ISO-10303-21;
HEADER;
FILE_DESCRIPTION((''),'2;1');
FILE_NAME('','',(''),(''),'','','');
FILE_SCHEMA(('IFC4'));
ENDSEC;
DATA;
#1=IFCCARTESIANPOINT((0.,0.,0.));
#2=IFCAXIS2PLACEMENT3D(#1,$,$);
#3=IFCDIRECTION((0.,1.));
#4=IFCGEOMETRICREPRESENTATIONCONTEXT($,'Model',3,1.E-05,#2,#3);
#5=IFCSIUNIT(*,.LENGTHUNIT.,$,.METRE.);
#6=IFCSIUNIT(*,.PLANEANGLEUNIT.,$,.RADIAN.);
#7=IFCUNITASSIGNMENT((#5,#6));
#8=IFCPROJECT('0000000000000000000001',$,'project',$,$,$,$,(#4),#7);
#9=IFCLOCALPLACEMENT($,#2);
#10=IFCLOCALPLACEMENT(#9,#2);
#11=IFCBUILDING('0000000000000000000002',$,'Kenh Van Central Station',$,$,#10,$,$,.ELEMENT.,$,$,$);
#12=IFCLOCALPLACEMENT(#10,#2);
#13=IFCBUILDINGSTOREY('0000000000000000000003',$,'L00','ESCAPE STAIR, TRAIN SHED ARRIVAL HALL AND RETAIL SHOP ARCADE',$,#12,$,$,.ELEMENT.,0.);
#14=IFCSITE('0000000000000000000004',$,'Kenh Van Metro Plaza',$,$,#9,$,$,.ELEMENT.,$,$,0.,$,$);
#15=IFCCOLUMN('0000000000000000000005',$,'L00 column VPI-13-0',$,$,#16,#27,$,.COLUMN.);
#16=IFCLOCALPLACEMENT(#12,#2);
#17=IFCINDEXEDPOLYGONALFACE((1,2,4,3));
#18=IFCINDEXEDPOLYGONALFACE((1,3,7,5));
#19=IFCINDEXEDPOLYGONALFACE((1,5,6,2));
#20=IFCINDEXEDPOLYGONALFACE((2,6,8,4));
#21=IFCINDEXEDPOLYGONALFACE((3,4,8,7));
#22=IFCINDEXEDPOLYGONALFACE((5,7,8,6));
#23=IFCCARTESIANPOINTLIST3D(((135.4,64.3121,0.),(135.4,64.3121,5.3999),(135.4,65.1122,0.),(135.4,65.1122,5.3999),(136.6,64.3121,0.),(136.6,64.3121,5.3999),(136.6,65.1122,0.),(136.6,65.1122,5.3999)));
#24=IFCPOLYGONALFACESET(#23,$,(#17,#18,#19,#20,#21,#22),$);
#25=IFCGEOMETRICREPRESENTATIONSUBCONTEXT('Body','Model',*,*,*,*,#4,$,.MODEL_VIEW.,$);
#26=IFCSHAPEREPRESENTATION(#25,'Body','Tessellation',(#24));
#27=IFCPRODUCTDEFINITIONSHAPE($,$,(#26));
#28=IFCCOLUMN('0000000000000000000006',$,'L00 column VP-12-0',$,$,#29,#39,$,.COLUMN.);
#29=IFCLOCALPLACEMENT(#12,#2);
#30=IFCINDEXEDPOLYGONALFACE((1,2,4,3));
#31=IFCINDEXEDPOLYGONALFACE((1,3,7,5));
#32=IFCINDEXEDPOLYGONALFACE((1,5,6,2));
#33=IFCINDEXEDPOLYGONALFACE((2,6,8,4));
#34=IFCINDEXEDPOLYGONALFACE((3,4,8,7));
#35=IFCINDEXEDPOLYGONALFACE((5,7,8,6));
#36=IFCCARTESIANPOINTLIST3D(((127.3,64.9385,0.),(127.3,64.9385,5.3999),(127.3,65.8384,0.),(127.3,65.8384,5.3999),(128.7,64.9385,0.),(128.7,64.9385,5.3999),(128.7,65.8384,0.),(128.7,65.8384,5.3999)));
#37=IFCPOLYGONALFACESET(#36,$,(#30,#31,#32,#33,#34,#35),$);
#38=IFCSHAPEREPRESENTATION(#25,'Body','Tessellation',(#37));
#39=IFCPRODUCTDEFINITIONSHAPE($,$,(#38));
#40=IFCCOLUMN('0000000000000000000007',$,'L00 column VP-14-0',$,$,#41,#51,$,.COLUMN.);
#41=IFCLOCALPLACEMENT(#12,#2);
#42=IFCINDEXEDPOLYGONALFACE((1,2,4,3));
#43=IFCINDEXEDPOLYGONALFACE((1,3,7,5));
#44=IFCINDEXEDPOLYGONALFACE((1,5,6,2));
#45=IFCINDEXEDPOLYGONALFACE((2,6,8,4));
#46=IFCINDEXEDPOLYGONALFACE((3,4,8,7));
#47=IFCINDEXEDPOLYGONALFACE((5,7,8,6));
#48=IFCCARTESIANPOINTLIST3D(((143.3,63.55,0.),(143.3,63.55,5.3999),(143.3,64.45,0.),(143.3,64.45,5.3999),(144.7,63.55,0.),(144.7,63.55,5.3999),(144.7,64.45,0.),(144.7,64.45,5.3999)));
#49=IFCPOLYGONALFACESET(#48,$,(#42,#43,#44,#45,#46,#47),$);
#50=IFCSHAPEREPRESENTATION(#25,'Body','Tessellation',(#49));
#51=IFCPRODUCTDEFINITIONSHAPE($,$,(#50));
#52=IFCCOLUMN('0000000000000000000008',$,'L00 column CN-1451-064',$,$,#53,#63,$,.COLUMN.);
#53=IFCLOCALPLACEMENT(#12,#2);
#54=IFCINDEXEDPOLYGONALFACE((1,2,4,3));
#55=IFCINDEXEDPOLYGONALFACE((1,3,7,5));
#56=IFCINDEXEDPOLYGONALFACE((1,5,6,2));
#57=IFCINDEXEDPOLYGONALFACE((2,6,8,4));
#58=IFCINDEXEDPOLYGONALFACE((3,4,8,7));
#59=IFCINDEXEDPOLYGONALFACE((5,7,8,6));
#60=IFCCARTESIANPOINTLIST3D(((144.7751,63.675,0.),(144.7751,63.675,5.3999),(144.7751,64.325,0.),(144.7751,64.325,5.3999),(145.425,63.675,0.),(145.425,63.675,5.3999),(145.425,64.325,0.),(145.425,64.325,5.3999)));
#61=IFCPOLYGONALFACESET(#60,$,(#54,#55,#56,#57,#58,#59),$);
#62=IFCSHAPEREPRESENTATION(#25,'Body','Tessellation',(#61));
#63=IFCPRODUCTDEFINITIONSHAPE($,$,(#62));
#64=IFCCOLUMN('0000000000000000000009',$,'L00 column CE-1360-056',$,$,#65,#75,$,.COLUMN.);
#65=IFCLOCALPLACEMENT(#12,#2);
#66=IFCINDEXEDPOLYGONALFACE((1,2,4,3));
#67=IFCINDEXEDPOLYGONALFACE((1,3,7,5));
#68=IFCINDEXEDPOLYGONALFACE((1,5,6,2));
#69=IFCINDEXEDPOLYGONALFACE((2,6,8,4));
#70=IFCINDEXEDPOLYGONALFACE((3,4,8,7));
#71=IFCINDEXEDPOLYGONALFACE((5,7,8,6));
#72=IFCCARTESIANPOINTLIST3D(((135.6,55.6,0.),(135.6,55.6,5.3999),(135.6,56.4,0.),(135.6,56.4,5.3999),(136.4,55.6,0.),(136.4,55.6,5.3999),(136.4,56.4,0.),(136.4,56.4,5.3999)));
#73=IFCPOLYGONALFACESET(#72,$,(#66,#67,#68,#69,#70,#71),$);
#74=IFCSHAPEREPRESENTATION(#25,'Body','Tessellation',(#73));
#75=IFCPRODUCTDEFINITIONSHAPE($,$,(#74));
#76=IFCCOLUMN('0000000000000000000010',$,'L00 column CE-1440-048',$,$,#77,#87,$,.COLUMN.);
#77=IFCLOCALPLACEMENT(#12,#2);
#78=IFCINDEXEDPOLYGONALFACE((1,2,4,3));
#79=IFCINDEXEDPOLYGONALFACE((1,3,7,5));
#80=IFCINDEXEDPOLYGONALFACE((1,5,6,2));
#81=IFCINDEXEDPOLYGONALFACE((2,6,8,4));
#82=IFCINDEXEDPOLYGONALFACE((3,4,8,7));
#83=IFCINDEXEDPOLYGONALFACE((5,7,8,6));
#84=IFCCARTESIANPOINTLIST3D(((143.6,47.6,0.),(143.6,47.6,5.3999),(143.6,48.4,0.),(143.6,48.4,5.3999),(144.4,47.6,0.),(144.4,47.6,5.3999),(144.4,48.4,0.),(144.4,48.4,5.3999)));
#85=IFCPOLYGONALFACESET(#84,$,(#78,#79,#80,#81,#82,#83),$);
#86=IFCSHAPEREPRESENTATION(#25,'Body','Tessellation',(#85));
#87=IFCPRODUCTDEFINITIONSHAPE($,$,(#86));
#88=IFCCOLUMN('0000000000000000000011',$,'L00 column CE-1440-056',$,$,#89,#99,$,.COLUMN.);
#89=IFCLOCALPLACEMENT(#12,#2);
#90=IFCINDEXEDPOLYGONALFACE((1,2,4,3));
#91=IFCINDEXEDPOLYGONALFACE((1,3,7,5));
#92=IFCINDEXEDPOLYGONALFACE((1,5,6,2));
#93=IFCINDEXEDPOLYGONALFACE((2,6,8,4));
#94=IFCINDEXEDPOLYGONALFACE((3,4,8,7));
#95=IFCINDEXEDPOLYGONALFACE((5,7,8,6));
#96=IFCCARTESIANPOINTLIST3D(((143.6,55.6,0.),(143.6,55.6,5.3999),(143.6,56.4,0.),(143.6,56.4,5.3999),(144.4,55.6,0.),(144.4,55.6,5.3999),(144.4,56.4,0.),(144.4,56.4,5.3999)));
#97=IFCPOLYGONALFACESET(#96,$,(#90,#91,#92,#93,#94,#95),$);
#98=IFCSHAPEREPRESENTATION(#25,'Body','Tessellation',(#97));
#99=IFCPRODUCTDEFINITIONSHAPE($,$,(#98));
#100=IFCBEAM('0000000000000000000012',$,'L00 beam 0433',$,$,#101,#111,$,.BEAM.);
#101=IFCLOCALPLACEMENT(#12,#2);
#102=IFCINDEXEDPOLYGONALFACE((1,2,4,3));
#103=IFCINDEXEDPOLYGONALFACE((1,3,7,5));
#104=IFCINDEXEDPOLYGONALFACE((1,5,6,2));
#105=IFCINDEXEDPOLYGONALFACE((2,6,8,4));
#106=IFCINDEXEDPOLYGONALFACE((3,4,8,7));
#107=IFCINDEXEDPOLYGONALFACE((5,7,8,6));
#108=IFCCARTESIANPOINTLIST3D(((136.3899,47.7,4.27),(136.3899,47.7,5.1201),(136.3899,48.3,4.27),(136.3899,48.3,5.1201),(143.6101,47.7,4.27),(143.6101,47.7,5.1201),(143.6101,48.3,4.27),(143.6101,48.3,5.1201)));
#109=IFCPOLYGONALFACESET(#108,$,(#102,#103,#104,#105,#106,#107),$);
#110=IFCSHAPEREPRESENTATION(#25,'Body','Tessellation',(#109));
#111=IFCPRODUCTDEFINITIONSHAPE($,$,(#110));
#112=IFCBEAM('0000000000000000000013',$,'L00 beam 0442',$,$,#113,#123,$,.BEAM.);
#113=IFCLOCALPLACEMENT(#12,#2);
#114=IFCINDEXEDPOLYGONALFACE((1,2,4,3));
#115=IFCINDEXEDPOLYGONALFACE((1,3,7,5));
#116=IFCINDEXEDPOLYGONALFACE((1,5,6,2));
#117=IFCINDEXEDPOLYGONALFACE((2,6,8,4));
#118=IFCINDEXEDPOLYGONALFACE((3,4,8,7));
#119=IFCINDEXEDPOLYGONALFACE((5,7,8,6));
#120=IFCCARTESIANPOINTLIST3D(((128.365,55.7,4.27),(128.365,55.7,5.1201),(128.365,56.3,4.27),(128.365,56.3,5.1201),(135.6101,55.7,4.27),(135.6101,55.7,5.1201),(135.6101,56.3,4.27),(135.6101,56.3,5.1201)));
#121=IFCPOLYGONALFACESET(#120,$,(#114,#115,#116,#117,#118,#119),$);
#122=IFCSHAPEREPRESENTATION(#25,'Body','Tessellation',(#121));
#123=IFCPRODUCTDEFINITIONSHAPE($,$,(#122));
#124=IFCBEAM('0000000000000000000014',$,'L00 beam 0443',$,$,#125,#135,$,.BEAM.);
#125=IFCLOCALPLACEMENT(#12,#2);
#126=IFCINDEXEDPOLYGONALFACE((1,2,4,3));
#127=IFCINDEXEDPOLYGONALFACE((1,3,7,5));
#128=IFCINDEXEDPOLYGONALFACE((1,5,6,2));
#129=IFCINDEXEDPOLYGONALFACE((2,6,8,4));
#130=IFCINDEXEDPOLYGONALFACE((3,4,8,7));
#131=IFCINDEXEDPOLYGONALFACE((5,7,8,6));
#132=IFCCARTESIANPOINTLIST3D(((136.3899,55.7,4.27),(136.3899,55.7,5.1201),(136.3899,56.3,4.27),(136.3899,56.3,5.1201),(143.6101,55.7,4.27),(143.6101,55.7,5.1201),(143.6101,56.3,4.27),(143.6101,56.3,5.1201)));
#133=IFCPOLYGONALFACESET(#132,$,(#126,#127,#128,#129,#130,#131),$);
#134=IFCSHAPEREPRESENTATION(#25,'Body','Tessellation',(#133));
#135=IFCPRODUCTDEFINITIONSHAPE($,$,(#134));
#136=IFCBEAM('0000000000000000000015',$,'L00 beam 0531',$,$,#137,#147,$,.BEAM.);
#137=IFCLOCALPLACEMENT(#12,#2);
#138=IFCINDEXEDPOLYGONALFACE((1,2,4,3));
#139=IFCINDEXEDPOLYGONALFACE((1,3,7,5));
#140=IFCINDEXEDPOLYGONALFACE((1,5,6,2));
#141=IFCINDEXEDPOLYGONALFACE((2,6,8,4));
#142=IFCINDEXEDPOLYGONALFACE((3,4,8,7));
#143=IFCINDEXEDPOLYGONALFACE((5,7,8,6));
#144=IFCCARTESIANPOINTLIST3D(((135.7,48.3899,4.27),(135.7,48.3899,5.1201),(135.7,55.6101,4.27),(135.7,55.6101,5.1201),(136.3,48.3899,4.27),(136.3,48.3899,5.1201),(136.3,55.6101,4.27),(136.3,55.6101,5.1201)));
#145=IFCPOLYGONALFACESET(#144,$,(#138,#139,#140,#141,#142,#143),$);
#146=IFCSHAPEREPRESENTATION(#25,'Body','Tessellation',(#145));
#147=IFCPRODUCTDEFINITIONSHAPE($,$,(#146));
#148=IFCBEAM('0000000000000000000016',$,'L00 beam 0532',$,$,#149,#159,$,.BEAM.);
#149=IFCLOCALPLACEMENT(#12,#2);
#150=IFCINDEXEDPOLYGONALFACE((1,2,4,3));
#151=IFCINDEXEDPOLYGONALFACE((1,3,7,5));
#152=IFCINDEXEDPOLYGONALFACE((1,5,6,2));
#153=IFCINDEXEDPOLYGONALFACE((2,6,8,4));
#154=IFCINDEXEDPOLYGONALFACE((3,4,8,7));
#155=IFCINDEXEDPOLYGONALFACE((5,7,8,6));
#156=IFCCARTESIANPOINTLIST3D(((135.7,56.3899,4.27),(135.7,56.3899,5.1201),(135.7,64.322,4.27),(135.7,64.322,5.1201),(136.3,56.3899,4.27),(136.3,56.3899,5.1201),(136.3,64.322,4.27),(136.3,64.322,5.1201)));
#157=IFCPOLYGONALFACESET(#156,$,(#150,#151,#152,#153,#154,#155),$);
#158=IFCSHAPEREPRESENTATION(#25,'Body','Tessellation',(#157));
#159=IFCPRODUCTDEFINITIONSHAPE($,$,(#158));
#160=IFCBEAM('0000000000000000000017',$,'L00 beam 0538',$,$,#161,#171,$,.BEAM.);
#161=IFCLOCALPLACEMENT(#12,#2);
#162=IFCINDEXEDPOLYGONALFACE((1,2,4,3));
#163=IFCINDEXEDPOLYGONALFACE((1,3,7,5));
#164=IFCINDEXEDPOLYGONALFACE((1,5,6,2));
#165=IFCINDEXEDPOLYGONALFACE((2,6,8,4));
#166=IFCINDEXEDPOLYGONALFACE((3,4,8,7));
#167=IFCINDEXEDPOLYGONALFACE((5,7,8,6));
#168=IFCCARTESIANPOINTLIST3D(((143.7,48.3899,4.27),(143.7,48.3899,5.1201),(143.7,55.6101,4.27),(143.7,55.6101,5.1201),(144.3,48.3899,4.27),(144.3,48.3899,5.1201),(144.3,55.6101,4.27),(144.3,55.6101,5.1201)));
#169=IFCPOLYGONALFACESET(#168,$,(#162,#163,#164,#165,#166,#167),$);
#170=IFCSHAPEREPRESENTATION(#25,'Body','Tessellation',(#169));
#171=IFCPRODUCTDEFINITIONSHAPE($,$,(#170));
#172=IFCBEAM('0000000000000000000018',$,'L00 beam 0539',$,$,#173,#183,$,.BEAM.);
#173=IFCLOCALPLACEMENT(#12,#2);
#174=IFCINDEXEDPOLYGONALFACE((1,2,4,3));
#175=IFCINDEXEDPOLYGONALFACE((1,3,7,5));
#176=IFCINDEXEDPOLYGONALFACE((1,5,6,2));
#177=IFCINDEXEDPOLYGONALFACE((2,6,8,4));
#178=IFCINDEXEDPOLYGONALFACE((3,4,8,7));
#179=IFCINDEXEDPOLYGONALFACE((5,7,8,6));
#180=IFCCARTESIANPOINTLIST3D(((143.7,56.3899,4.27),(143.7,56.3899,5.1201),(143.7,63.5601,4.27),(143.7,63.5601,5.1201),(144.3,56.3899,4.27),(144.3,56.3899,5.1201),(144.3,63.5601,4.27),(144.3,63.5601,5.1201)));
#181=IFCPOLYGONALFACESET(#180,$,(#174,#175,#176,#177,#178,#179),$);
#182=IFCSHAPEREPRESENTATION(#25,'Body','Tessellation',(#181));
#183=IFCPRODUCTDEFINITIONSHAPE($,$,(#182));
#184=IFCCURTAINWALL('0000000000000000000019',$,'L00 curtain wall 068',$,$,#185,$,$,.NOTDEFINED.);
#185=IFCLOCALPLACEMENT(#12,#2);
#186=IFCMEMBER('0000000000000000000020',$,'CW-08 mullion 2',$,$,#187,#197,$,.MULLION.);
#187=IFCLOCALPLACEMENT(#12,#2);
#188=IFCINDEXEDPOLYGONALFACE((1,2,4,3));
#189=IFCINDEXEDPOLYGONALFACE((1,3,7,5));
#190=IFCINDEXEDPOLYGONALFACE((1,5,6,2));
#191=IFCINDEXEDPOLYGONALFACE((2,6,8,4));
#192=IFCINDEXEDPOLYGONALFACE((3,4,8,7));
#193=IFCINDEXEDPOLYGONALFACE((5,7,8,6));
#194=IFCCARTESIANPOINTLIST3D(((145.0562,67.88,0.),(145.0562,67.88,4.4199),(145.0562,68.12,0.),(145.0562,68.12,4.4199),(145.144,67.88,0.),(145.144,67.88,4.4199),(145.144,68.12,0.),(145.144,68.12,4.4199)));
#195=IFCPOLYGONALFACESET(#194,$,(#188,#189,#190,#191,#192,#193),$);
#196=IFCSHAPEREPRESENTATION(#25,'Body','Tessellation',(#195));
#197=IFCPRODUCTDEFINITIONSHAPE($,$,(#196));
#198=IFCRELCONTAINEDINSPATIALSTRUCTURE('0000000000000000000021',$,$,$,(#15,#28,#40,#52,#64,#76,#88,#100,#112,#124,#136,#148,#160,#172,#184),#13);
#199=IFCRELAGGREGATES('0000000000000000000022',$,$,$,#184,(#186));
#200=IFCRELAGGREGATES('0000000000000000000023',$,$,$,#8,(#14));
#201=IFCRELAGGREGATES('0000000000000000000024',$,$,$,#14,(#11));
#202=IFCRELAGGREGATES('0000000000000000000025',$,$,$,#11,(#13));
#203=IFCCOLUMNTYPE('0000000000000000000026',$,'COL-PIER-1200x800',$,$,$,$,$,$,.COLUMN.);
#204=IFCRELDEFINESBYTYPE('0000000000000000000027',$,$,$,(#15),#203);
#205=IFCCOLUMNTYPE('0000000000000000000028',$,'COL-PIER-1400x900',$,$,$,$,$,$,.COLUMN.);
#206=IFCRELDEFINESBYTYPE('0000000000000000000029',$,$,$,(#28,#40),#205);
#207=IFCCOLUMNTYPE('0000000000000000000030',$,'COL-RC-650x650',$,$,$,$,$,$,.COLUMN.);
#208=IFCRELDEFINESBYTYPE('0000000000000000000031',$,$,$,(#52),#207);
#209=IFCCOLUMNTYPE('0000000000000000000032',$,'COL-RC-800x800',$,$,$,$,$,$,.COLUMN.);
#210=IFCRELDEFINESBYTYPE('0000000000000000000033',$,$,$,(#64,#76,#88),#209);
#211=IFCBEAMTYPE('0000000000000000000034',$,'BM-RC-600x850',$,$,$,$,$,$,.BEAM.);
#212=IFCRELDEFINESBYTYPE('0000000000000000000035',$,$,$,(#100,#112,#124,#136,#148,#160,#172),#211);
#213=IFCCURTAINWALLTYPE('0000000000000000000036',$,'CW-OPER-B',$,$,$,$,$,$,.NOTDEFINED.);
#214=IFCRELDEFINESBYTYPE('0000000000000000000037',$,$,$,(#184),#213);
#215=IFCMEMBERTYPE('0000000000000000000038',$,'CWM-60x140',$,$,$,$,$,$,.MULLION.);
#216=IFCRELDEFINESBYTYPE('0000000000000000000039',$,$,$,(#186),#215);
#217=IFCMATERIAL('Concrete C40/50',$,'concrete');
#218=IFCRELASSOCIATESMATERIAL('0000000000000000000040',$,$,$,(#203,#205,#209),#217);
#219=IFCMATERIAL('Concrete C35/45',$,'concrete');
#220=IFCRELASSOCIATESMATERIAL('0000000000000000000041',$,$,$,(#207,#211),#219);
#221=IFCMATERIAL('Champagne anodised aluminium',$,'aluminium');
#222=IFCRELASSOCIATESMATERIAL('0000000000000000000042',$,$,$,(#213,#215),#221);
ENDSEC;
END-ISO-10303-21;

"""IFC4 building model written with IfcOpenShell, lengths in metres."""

from ifc_helpers import new_model, si_unit, direction, frame, origin, origin_2d, place, context, subcontext, project, spatial, rectangle, extrude, material, material_profile, profile_set, type_object, element, aggregate, save


model = new_model("IFC4")

# Units and contexts
model_context = context("Model", 3, precision=1e-05, world=origin(), true_north=direction((0.0, 1.0)))
body_context = subcontext(model_context, "Body", "Model", "MODEL_VIEW")
ifc_project = project(units=[si_unit("LENGTHUNIT", "METRE"), si_unit("PLANEANGLEUNIT", "RADIAN")], contexts=[model_context])

# Site, building, storey
site_placement = place(None, origin())
site = spatial("IfcSite", under=ifc_project, at=site_placement, Name="Kenh Van Metro Plaza", CompositionType="ELEMENT", RefElevation=0.0)
building_placement = place(site_placement, origin())
building = spatial("IfcBuilding", under=site, at=building_placement, Name="Kenh Van Central Station", CompositionType="ELEMENT")
storey_placement = place(building_placement, origin())
storey = spatial("IfcBuildingStorey", under=building, at=storey_placement, Name="L00", Description="ESCAPE STAIR, TRAIN SHED ARRIVAL HALL AND RETAIL SHOP ARCADE", CompositionType="ELEMENT", Elevation=0.0)

# Columns
ifc_material_1 = material(Name="Concrete C40/50", Category="concrete")
ifc_material_profile_1 = material_profile(ifc_material_1, rectangle(XDim=1.2, YDim=0.8, at=origin_2d()), Name="RC 1200x800")
ifc_profile_set_1 = profile_set([ifc_material_profile_1], Name="Concrete C40/50")
column_type_1 = type_object("IfcColumnType", Name="COL-PIER-1200x800", PredefinedType="COLUMN", material=ifc_profile_set_1)
column_1_placement = place(storey_placement, frame((136.0, 64.7122, 0.0), z_axis=(0.0, 0.0, 1.0), x_axis=(1.0, 0.0, 0.0)))
element("IfcColumn", 1, at=column_1_placement, inside=storey, type_object=column_type_1, Name="L00 column VPI-13-0", PredefinedType="COLUMN", context=body_context, shape_type="SweptSolid", body=[
    extrude(rectangle(XDim=1.2, YDim=0.8, at=origin_2d()), origin(), (0.0, 0.0, 1.0), 5.3999),
])
ifc_material_profile_2 = material_profile(ifc_material_1, rectangle(XDim=1.3999, YDim=0.8999, at=origin_2d()), Name="RC 1400x900")
ifc_profile_set_2 = profile_set([ifc_material_profile_2], Name="Concrete C40/50")
column_type_2 = type_object("IfcColumnType", Name="COL-PIER-1400x900", PredefinedType="COLUMN", material=ifc_profile_set_2)
for number, where, z_axis, x_axis, name in (
    (2, (128.0, 65.3884, 0.0), (0.0, 0.0, 1.0), (1.0, 0.0, 0.0), "L00 column VP-12-0"),
    (3, (144.0, 64.0, 0.0), (0.0, 0.0, 1.0), (1.0, 0.0, 0.0), "L00 column VP-14-0"),
):
    element("IfcColumn", number, at=place(storey_placement, frame(where, z_axis=z_axis, x_axis=x_axis)), inside=storey, type_object=column_type_2, Name=name, PredefinedType="COLUMN", context=body_context, shape_type="SweptSolid", body=[
        extrude(rectangle(XDim=1.3999, YDim=0.8999, at=origin_2d()), origin(), (0.0, 0.0, 1.0), 5.3999),
    ])
ifc_material_2 = material(Name="Concrete C35/45", Category="concrete")
ifc_material_profile_3 = material_profile(ifc_material_2, rectangle(XDim=0.6499, YDim=0.6499, at=origin_2d()), Name="RC 650x650")
ifc_profile_set_3 = profile_set([ifc_material_profile_3], Name="Concrete C35/45")
column_type_3 = type_object("IfcColumnType", Name="COL-RC-650x650", PredefinedType="COLUMN", material=ifc_profile_set_3)
column_2_placement = place(storey_placement, frame((145.1001, 64.0, 0.0), z_axis=(0.0, 0.0, 1.0), x_axis=(1.0, 0.0, 0.0)))
element("IfcColumn", 4, at=column_2_placement, inside=storey, type_object=column_type_3, Name="L00 column CN-1451-064", PredefinedType="COLUMN", context=body_context, shape_type="SweptSolid", body=[
    extrude(rectangle(XDim=0.6499, YDim=0.6499, at=origin_2d()), origin(), (0.0, 0.0, 1.0), 5.3999),
])
ifc_material_profile_4 = material_profile(ifc_material_1, rectangle(XDim=0.8, YDim=0.8, at=origin_2d()), Name="RC 800x800")
ifc_profile_set_4 = profile_set([ifc_material_profile_4], Name="Concrete C40/50")
column_type_4 = type_object("IfcColumnType", Name="COL-RC-800x800", PredefinedType="COLUMN", material=ifc_profile_set_4)
for number, where, z_axis, x_axis, name in (
    (5, (136.0, 56.0, 0.0), (0.0, 0.0, 1.0), (1.0, 0.0, 0.0), "L00 column CE-1360-056"),
    (6, (144.0, 48.0, 0.0), (0.0, 0.0, 1.0), (1.0, 0.0, 0.0), "L00 column CE-1440-048"),
    (7, (144.0, 56.0, 0.0), (0.0, 0.0, 1.0), (1.0, 0.0, 0.0), "L00 column CE-1440-056"),
):
    element("IfcColumn", number, at=place(storey_placement, frame(where, z_axis=z_axis, x_axis=x_axis)), inside=storey, type_object=column_type_4, Name=name, PredefinedType="COLUMN", context=body_context, shape_type="SweptSolid", body=[
        extrude(rectangle(XDim=0.8, YDim=0.8, at=origin_2d()), origin(), (0.0, 0.0, 1.0), 5.3999),
    ])

# Beams
ifc_material_profile_5 = material_profile(ifc_material_2, rectangle(XDim=0.6001, YDim=0.8501, at=origin_2d()), Name="RC 600x850")
ifc_profile_set_5 = profile_set([ifc_material_profile_5], Name="Concrete C35/45")
beam_type_1 = type_object("IfcBeamType", Name="BM-RC-600x850", PredefinedType="BEAM", material=ifc_profile_set_5)
beam_1_placement = place(storey_placement, frame((136.3899, 48.0, 4.6951), z_axis=(1.0, 0.0, 0.0), x_axis=(0.0, 1.0, 0.0)))
element("IfcBeam", 8, at=beam_1_placement, inside=storey, type_object=beam_type_1, Name="L00 beam 0433", PredefinedType="BEAM", context=body_context, shape_type="SweptSolid", body=[
    extrude(rectangle(XDim=0.6001, YDim=0.8501, at=origin_2d()), origin(), (0.0, 0.0, 1.0), 7.2202),
])
beam_2_placement = place(storey_placement, frame((128.365, 56.0, 4.6951), z_axis=(1.0, 0.0, 0.0), x_axis=(0.0, 1.0, 0.0)))
element("IfcBeam", 9, at=beam_2_placement, inside=storey, type_object=beam_type_1, Name="L00 beam 0442", PredefinedType="BEAM", context=body_context, shape_type="SweptSolid", body=[
    extrude(rectangle(XDim=0.6001, YDim=0.8501, at=origin_2d()), origin(), (0.0, 0.0, 1.0), 7.2451),
])
for number, where, z_axis, x_axis, name in (
    (10, (136.3899, 56.0, 4.6951), (1.0, 0.0, 0.0), (0.0, 1.0, 0.0), "L00 beam 0443"),
    (11, (136.0, 48.3899, 4.6951), (0.0, 1.0, 0.0), (-1.0, 0.0, 0.0), "L00 beam 0531"),
):
    element("IfcBeam", number, at=place(storey_placement, frame(where, z_axis=z_axis, x_axis=x_axis)), inside=storey, type_object=beam_type_1, Name=name, PredefinedType="BEAM", context=body_context, shape_type="SweptSolid", body=[
        extrude(rectangle(XDim=0.6001, YDim=0.8501, at=origin_2d()), origin(), (0.0, 0.0, 1.0), 7.2202),
    ])
beam_3_placement = place(storey_placement, frame((136.0, 56.3899, 4.6951), z_axis=(0.0, 1.0, 0.0), x_axis=(-1.0, 0.0, 0.0)))
element("IfcBeam", 12, at=beam_3_placement, inside=storey, type_object=beam_type_1, Name="L00 beam 0532", PredefinedType="BEAM", context=body_context, shape_type="SweptSolid", body=[
    extrude(rectangle(XDim=0.6001, YDim=0.8501, at=origin_2d()), origin(), (0.0, 0.0, 1.0), 7.9321),
])
beam_4_placement = place(storey_placement, frame((144.0, 48.3899, 4.6951), z_axis=(0.0, 1.0, 0.0), x_axis=(-1.0, 0.0, 0.0)))
element("IfcBeam", 13, at=beam_4_placement, inside=storey, type_object=beam_type_1, Name="L00 beam 0538", PredefinedType="BEAM", context=body_context, shape_type="SweptSolid", body=[
    extrude(rectangle(XDim=0.6001, YDim=0.8501, at=origin_2d()), origin(), (0.0, 0.0, 1.0), 7.2202),
])
beam_5_placement = place(storey_placement, frame((144.0, 56.3899, 4.6951), z_axis=(0.0, 1.0, 0.0), x_axis=(-1.0, 0.0, 0.0)))
element("IfcBeam", 14, at=beam_5_placement, inside=storey, type_object=beam_type_1, Name="L00 beam 0539", PredefinedType="BEAM", context=body_context, shape_type="SweptSolid", body=[
    extrude(rectangle(XDim=0.6001, YDim=0.8501, at=origin_2d()), origin(), (0.0, 0.0, 1.0), 7.1702),
])

# Curtain wall, member
ifc_material_3 = material(Name="Champagne anodised aluminium", Category="aluminium")
curtain_wall_type = type_object("IfcCurtainWallType", Name="CW-OPER-B", PredefinedType="NOTDEFINED", material=ifc_material_3)
curtain_wall_placement = place(storey_placement, origin())
curtain_wall = element("IfcCurtainWall", 15, at=curtain_wall_placement, inside=storey, type_object=curtain_wall_type, Name="L00 curtain wall 068", PredefinedType="NOTDEFINED")
ifc_material_profile_6 = material_profile(ifc_material_3, rectangle(XDim=0.0879, YDim=0.24, at=origin_2d()), Name="AL 88x240")
ifc_profile_set_6 = profile_set([ifc_material_profile_6], Name="Champagne anodised aluminium")
member_type_1 = type_object("IfcMemberType", Name="CWM-60x140", PredefinedType="MULLION", material=ifc_profile_set_6)
member_1_placement = place(storey_placement, frame((145.1001, 68.0, 0.0), z_axis=(0.0, 0.0, 1.0), x_axis=(1.0, 0.0, 0.0)))
member_1 = element("IfcMember", 16, at=member_1_placement, type_object=member_type_1, Name="CW-08 mullion 2", PredefinedType="MULLION", context=body_context, shape_type="SweptSolid", body=[
    extrude(rectangle(XDim=0.0879, YDim=0.24, at=origin_2d()), origin(), (0.0, 0.0, 1.0), 4.4199),
])

aggregate(curtain_wall, [member_1])

save(model, "model.ifc")
